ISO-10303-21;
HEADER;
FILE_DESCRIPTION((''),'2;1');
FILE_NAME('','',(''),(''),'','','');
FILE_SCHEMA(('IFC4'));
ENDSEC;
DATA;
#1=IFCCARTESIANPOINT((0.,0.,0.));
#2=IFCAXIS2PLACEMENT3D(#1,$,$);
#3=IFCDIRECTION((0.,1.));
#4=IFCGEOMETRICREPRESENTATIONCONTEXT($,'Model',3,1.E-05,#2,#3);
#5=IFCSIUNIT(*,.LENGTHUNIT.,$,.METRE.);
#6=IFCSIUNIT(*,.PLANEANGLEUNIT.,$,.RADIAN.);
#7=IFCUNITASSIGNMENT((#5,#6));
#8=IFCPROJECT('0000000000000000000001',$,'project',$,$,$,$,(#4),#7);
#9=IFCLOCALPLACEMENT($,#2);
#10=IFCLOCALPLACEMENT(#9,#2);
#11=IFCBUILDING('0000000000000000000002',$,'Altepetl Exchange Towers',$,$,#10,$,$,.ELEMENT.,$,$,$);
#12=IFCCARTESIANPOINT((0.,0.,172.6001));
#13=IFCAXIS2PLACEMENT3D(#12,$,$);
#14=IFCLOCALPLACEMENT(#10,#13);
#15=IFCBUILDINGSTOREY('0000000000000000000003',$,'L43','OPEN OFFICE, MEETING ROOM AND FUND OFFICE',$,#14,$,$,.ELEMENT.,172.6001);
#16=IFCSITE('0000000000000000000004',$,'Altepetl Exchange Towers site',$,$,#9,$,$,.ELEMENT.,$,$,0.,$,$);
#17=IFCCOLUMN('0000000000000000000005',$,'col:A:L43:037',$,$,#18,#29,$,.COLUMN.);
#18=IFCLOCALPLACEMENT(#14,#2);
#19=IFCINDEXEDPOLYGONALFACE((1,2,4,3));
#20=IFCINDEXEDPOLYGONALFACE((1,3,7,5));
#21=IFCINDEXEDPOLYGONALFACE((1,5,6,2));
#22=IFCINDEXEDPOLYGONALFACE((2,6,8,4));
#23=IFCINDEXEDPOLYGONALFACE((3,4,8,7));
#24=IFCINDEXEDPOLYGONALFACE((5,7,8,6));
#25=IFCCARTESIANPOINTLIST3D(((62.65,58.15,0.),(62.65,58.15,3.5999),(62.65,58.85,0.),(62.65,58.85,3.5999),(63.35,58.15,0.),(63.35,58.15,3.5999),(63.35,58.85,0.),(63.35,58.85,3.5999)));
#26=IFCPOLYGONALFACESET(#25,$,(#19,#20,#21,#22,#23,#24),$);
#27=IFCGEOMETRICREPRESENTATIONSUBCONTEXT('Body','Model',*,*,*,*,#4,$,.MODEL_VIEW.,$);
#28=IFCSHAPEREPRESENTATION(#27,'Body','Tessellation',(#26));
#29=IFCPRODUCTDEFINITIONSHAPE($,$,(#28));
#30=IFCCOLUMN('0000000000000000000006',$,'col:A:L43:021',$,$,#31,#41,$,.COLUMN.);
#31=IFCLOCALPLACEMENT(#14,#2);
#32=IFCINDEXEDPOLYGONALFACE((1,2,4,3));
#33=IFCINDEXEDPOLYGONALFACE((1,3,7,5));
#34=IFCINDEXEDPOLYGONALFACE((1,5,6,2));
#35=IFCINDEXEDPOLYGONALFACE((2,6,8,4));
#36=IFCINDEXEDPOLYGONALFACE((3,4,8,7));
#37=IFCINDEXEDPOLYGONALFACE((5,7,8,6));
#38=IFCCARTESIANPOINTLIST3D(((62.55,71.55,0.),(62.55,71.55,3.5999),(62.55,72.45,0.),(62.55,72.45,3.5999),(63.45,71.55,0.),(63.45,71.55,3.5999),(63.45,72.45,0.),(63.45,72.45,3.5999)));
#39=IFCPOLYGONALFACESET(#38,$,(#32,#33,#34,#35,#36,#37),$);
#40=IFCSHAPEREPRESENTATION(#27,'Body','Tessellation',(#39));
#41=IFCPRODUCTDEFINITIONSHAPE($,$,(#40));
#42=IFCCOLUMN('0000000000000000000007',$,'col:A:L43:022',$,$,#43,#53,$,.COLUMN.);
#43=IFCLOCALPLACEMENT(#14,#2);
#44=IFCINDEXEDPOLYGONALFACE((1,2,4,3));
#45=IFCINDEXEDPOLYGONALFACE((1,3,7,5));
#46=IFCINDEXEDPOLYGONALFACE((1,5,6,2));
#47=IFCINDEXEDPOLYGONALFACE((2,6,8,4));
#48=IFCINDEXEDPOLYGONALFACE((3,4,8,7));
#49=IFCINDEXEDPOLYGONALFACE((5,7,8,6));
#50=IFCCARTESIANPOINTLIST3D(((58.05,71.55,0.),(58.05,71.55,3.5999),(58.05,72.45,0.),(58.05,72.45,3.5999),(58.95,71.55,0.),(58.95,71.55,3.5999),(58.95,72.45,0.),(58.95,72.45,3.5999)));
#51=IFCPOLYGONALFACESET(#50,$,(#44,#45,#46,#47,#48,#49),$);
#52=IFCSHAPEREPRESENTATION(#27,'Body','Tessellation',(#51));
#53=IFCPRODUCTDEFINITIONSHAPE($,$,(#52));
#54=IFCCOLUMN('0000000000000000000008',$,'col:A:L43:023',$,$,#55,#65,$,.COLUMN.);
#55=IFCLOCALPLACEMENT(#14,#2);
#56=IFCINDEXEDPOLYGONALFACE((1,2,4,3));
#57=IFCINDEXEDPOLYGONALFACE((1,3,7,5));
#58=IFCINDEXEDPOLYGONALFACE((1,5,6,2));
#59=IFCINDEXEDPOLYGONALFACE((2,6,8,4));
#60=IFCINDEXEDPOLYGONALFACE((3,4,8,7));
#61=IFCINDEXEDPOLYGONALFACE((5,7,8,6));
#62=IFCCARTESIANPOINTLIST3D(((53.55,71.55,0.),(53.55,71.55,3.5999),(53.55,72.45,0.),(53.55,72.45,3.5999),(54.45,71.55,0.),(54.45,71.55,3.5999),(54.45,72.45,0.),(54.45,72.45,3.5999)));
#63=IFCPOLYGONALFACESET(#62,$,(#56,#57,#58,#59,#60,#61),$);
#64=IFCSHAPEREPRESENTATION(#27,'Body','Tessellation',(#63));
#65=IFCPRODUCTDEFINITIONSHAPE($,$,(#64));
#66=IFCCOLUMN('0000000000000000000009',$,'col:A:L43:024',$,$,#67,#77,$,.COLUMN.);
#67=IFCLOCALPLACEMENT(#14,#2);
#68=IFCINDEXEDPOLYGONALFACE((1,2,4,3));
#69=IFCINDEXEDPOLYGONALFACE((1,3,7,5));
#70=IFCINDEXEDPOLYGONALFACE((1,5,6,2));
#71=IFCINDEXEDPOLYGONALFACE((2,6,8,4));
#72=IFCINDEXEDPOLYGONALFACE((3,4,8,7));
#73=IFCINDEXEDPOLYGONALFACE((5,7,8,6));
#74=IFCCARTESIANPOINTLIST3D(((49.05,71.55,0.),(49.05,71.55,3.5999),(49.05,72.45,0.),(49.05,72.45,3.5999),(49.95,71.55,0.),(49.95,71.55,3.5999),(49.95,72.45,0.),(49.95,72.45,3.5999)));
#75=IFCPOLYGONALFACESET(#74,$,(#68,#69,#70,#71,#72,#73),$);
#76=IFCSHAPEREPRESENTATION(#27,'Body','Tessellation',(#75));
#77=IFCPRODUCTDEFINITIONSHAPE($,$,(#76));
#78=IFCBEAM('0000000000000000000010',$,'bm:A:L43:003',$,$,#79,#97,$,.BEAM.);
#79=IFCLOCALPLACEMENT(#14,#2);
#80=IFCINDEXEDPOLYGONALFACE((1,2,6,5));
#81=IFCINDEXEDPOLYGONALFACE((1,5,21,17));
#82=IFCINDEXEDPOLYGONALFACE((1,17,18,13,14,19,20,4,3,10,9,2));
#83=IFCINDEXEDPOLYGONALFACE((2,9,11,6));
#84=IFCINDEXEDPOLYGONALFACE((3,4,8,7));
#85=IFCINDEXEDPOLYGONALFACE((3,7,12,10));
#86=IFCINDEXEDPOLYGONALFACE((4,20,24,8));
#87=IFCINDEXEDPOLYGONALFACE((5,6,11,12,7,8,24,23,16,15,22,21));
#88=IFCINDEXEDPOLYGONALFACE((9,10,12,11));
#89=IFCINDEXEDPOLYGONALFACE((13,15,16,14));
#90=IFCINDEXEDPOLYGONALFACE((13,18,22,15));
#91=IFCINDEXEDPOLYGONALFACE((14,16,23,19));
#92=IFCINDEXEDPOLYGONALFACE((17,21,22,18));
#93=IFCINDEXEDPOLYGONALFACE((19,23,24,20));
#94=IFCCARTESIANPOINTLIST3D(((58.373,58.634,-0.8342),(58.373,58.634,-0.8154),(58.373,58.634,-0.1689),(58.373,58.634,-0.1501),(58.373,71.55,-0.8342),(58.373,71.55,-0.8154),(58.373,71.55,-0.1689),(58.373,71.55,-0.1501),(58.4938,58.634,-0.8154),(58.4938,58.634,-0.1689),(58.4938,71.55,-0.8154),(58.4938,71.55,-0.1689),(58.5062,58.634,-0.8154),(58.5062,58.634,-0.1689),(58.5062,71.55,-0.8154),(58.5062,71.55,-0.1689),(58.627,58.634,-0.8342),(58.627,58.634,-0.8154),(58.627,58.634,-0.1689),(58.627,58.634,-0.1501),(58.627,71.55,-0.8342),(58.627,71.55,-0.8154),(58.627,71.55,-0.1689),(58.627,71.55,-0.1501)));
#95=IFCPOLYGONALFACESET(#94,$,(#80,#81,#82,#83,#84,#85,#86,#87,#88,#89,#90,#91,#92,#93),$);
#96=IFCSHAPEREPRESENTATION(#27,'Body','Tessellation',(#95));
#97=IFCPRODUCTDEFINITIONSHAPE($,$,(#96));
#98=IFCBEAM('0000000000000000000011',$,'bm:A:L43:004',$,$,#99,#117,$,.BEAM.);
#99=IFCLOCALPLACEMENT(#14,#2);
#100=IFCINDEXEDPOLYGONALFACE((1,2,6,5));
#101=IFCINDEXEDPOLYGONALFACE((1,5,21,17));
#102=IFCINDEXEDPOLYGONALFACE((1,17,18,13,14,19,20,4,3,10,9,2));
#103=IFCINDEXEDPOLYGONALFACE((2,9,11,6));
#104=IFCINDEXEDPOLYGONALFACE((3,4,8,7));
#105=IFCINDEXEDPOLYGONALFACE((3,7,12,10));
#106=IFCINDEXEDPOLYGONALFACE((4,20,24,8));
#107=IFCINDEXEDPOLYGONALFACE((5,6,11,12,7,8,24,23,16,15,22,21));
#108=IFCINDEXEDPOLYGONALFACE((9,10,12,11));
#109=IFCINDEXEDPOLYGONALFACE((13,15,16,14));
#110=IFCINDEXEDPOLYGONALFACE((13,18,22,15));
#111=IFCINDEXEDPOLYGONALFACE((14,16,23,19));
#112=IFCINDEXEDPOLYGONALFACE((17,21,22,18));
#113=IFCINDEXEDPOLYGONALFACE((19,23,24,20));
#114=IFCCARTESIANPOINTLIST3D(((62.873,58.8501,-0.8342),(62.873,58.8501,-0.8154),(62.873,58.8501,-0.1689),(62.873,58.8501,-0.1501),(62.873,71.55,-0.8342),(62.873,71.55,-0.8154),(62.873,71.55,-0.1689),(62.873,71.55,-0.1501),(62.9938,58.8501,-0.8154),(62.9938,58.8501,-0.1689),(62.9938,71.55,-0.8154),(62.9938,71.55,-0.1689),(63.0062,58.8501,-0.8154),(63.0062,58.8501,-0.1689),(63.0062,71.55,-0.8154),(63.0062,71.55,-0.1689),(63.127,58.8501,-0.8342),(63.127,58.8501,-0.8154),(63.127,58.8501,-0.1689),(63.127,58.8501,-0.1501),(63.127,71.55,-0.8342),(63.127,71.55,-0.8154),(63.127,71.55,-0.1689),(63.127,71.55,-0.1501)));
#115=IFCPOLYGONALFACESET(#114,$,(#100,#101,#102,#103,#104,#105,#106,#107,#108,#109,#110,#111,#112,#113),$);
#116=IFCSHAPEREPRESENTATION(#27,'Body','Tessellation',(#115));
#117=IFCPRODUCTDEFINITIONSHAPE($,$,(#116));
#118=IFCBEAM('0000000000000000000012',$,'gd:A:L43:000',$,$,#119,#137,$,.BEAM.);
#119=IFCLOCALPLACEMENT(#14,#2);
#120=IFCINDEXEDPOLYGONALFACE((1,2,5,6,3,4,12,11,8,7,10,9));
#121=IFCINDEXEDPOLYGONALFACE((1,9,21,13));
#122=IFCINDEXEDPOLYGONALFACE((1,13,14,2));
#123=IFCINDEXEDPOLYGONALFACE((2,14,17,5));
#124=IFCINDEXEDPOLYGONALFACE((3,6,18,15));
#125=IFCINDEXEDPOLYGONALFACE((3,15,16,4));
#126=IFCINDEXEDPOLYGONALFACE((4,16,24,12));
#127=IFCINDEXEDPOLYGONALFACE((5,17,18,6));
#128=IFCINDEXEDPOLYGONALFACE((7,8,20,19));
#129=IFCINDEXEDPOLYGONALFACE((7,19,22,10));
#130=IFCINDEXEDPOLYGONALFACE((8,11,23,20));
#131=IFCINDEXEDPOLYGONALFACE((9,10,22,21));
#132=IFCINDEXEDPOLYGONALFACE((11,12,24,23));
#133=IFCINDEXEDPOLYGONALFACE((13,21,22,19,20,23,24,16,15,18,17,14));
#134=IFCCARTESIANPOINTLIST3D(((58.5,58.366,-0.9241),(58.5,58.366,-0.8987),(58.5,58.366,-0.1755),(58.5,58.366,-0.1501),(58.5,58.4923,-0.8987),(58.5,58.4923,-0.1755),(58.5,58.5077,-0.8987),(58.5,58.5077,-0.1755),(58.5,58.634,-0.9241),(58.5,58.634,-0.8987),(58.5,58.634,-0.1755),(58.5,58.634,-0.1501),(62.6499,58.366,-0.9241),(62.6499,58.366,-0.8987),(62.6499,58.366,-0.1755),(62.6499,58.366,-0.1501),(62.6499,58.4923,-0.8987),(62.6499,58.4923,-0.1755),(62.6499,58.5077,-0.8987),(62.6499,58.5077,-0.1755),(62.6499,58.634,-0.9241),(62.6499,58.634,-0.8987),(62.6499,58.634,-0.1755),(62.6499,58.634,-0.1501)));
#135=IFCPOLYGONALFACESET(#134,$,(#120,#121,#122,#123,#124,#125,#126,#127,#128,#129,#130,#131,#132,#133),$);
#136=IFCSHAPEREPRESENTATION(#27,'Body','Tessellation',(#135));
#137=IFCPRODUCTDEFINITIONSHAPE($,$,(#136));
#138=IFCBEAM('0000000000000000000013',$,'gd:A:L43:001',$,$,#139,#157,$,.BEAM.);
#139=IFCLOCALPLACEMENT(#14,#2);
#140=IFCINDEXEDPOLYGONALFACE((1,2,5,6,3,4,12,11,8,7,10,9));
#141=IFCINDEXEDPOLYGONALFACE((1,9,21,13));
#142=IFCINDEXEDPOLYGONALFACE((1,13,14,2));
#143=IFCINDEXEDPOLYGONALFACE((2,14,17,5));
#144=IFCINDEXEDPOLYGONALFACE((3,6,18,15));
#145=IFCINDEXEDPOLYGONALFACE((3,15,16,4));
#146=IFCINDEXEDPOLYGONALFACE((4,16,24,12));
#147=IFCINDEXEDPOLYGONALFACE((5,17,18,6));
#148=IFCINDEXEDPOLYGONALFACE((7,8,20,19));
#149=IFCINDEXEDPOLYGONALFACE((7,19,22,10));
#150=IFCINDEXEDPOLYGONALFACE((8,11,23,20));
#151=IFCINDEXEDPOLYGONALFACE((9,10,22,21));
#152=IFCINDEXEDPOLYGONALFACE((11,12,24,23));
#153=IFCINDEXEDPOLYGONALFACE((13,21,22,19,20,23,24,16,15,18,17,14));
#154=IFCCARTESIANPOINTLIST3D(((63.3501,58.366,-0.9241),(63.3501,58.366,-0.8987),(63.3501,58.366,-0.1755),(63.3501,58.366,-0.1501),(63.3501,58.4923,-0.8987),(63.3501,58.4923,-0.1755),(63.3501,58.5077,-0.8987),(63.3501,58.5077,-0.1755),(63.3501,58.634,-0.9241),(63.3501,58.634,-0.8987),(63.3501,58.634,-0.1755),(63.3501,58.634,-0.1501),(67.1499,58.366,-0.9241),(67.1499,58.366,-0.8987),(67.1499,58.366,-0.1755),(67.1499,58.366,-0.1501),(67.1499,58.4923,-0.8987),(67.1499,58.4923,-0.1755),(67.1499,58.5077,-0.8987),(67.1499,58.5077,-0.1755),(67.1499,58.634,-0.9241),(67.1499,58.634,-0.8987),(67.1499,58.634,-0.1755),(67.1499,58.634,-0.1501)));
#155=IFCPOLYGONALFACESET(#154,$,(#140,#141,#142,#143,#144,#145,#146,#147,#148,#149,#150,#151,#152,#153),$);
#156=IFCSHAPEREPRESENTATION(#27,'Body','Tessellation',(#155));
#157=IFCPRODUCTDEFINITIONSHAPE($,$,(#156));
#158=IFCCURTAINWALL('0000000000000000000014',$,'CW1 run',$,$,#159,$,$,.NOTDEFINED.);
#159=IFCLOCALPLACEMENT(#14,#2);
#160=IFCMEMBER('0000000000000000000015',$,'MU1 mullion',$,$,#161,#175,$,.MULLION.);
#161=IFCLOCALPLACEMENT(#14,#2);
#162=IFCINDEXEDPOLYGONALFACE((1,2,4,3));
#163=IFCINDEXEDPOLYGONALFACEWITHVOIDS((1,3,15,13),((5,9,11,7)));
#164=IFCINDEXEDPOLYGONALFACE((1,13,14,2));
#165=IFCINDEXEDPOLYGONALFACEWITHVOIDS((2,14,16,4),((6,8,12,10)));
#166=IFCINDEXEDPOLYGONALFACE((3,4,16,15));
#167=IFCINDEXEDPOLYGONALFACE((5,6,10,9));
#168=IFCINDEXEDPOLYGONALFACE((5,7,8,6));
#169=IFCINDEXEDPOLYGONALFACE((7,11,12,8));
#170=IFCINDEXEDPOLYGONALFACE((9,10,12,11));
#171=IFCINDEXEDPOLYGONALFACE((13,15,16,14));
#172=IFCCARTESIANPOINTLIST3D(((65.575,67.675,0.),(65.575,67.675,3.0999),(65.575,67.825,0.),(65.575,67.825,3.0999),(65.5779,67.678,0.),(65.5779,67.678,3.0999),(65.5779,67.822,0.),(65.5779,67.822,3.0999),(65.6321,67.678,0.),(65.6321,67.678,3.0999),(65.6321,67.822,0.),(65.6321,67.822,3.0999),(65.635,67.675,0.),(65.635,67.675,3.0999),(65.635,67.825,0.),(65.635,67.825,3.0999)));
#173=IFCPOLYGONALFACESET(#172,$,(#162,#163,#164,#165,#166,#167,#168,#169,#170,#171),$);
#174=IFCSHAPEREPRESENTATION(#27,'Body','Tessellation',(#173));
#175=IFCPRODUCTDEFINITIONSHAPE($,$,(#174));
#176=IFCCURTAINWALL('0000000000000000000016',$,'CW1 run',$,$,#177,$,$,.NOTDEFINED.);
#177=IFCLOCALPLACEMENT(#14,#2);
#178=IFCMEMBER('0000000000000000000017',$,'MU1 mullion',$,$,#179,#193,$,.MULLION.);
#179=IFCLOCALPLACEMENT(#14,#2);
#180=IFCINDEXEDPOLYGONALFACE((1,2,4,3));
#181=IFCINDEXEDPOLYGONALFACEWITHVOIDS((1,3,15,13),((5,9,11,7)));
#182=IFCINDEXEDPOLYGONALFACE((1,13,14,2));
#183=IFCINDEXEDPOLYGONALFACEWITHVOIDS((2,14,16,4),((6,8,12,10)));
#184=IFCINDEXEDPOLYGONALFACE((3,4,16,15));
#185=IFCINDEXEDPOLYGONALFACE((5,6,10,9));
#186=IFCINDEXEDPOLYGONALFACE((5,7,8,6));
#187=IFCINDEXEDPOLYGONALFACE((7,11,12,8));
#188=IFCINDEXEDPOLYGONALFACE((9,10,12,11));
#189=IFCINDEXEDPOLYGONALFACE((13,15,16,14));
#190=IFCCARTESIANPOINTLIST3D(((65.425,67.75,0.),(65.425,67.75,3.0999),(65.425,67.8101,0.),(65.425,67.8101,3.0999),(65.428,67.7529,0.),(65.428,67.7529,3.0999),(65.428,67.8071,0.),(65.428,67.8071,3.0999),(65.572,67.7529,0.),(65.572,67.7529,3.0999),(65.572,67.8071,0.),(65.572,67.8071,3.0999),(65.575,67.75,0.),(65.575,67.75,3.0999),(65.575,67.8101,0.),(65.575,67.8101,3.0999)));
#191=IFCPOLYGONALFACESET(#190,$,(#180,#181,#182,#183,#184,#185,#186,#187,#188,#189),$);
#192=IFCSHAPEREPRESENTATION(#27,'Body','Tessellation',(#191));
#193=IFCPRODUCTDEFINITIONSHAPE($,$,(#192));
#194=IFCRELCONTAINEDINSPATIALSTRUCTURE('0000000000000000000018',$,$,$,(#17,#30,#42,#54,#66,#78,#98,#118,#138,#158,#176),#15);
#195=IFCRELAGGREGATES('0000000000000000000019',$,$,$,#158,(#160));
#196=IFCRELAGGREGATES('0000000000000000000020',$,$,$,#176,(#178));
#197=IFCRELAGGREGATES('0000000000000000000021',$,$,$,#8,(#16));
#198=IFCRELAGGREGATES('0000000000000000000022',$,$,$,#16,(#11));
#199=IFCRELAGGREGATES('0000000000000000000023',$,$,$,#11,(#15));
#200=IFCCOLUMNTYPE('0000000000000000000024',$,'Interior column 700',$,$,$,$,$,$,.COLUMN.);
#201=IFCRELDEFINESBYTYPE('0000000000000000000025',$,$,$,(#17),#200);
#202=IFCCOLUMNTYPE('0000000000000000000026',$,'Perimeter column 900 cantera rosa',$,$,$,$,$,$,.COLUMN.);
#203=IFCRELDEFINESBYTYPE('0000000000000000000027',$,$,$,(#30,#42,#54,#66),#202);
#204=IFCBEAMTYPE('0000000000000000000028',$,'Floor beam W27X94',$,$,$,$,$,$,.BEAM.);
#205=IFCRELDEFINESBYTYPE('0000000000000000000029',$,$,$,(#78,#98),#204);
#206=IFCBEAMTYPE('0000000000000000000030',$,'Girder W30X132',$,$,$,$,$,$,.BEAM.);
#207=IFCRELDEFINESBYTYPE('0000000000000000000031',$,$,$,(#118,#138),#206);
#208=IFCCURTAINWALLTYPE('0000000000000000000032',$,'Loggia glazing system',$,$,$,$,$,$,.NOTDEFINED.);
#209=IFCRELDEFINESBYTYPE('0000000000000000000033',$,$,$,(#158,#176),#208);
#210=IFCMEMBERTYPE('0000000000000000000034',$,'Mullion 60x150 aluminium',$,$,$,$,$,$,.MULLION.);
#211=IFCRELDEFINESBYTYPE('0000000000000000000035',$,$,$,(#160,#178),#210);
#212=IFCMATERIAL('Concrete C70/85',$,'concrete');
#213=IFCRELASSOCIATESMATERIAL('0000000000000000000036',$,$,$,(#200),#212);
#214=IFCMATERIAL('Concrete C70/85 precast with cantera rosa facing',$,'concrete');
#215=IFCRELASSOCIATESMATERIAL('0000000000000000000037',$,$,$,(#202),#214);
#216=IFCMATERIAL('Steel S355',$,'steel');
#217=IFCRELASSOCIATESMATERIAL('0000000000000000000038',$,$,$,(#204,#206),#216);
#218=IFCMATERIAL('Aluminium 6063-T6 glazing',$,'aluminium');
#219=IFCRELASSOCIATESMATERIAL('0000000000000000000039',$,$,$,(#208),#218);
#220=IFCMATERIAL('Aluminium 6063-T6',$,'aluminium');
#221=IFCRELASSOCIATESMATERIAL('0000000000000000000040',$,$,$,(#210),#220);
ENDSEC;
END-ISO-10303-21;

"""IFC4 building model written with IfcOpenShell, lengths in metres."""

from ifc_helpers import new_model, si_unit, direction, frame, origin, origin_2d, place, context, subcontext, project, spatial, rectangle, hollow_rectangle, i_section, extrude, material, material_profile, profile_set, type_object, element, aggregate, save


model = new_model("IFC4")

# Units and contexts
model_context = context("Model", 3, precision=1e-05, world=origin(), true_north=direction((0.0, 1.0)))
body_context = subcontext(model_context, "Body", "Model", "MODEL_VIEW")
ifc_project = project(units=[si_unit("LENGTHUNIT", "METRE"), si_unit("PLANEANGLEUNIT", "RADIAN")], contexts=[model_context])

# Site, building, storey
site_placement = place(None, origin())
site = spatial("IfcSite", under=ifc_project, at=site_placement, Name="Altepetl Exchange Towers site", CompositionType="ELEMENT", RefElevation=0.0)
building_placement = place(site_placement, origin())
building = spatial("IfcBuilding", under=site, at=building_placement, Name="Altepetl Exchange Towers", CompositionType="ELEMENT")
storey_placement = place(building_placement, frame((0.0, 0.0, 172.6001)))
storey = spatial("IfcBuildingStorey", under=building, at=storey_placement, Name="L43", Description="OPEN OFFICE, MEETING ROOM AND FUND OFFICE", CompositionType="ELEMENT", Elevation=172.6001)

# Columns
ifc_material_1 = material(Name="Concrete C70/85", Category="concrete")
ifc_material_profile_1 = material_profile(ifc_material_1, rectangle(XDim=0.7, YDim=0.7, at=origin_2d()), Name="700 x 700")
ifc_profile_set_1 = profile_set([ifc_material_profile_1], Name="Concrete C70/85")
column_type_1 = type_object("IfcColumnType", Name="Interior column 700", PredefinedType="COLUMN", material=ifc_profile_set_1)
column_placement = place(storey_placement, frame((63.0, 58.5, 0.0)))
element("IfcColumn", 1, at=column_placement, inside=storey, type_object=column_type_1, Name="col:A:L43:037", PredefinedType="COLUMN", context=body_context, shape_type="SweptSolid", body=[
    extrude(rectangle(XDim=0.7, YDim=0.7, at=origin_2d()), origin(), (0.0, 0.0, 1.0), 3.5999),
])
ifc_material_2 = material(Name="Concrete C70/85 precast with cantera rosa facing", Category="concrete")
ifc_material_profile_2 = material_profile(ifc_material_2, rectangle(XDim=0.8999, YDim=0.8999, at=origin_2d()), Name="900 x 900")
ifc_profile_set_2 = profile_set([ifc_material_profile_2], Name="Concrete C70/85 precast with cantera rosa facing")
column_type_2 = type_object("IfcColumnType", Name="Perimeter column 900 cantera rosa", PredefinedType="COLUMN", material=ifc_profile_set_2)
for number, where, name in (
    (2, (63.0, 72.0, 0.0), "col:A:L43:021"),
    (3, (58.5, 72.0, 0.0), "col:A:L43:022"),
    (4, (54.0, 72.0, 0.0), "col:A:L43:023"),
    (5, (49.5, 72.0, 0.0), "col:A:L43:024"),
):
    element("IfcColumn", number, at=place(storey_placement, frame(where)), inside=storey, type_object=column_type_2, Name=name, PredefinedType="COLUMN", context=body_context, shape_type="SweptSolid", body=[
        extrude(rectangle(XDim=0.8999, YDim=0.8999, at=origin_2d()), origin(), (0.0, 0.0, 1.0), 3.5999),
    ])

# Beams
ifc_material_3 = material(Name="Steel S355", Category="steel")
ifc_material_profile_3 = material_profile(ifc_material_3, i_section(OverallWidth=0.2539, OverallDepth=0.6841, WebThickness=0.0125, FlangeThickness=0.0188, at=origin_2d()), Name="W27X94")
ifc_profile_set_3 = profile_set([ifc_material_profile_3], Name="Steel S355")
beam_type_1 = type_object("IfcBeamType", Name="Floor beam W27X94", PredefinedType="BEAM", material=ifc_profile_set_3)
beam_1_placement = place(storey_placement, frame((58.5, 58.634, -0.4922), z_axis=(0.0, 1.0, 0.0), x_axis=(-1.0, 0.0, 0.0)))
element("IfcBeam", 6, at=beam_1_placement, inside=storey, type_object=beam_type_1, Name="bm:A:L43:003", PredefinedType="BEAM", context=body_context, shape_type="SweptSolid", body=[
    extrude(i_section(OverallWidth=0.2539, OverallDepth=0.6841, WebThickness=0.0125, FlangeThickness=0.0188, at=origin_2d()), origin(), (0.0, 0.0, 1.0), 12.916),
])
beam_2_placement = place(storey_placement, frame((63.0, 58.8501, -0.4922), z_axis=(0.0, 1.0, 0.0), x_axis=(-1.0, 0.0, 0.0)))
element("IfcBeam", 7, at=beam_2_placement, inside=storey, type_object=beam_type_1, Name="bm:A:L43:004", PredefinedType="BEAM", context=body_context, shape_type="SweptSolid", body=[
    extrude(i_section(OverallWidth=0.2539, OverallDepth=0.6841, WebThickness=0.0125, FlangeThickness=0.0188, at=origin_2d()), origin(), (0.0, 0.0, 1.0), 12.7),
])
ifc_material_profile_4 = material_profile(ifc_material_3, i_section(OverallWidth=0.2681, OverallDepth=0.7739, WebThickness=0.0154, FlangeThickness=0.0254, at=origin_2d()), Name="W30X132")
ifc_profile_set_4 = profile_set([ifc_material_profile_4], Name="Steel S355")
beam_type_2 = type_object("IfcBeamType", Name="Girder W30X132", PredefinedType="BEAM", material=ifc_profile_set_4)
beam_3_placement = place(storey_placement, frame((58.5, 58.5, -0.5371), z_axis=(1.0, 0.0, 0.0), x_axis=(0.0, 1.0, 0.0)))
element("IfcBeam", 8, at=beam_3_placement, inside=storey, type_object=beam_type_2, Name="gd:A:L43:000", PredefinedType="BEAM", context=body_context, shape_type="SweptSolid", body=[
    extrude(i_section(OverallWidth=0.2681, OverallDepth=0.7739, WebThickness=0.0154, FlangeThickness=0.0254, at=origin_2d()), origin(), (0.0, 0.0, 1.0), 4.1499),
])
beam_4_placement = place(storey_placement, frame((63.3501, 58.5, -0.5371), z_axis=(1.0, 0.0, 0.0), x_axis=(0.0, 1.0, 0.0)))
element("IfcBeam", 9, at=beam_4_placement, inside=storey, type_object=beam_type_2, Name="gd:A:L43:001", PredefinedType="BEAM", context=body_context, shape_type="SweptSolid", body=[
    extrude(i_section(OverallWidth=0.2681, OverallDepth=0.7739, WebThickness=0.0154, FlangeThickness=0.0254, at=origin_2d()), origin(), (0.0, 0.0, 1.0), 3.7998),
])

# Curtain wall, member
ifc_material_4 = material(Name="Aluminium 6063-T6 glazing", Category="aluminium")
curtain_wall_type = type_object("IfcCurtainWallType", Name="Loggia glazing system", PredefinedType="NOTDEFINED", material=ifc_material_4)
curtain_wall_1_placement = place(storey_placement, origin())
curtain_wall_1 = element("IfcCurtainWall", 10, at=curtain_wall_1_placement, inside=storey, type_object=curtain_wall_type, Name="CW1 run", PredefinedType="NOTDEFINED")
ifc_material_5 = material(Name="Aluminium 6063-T6", Category="aluminium")
ifc_material_profile_5 = material_profile(ifc_material_5, hollow_rectangle(XDim=0.0601, YDim=0.1499, WallThickness=0.0029, at=origin_2d()), Name="Mullion 60x150 aluminium")
ifc_profile_set_5 = profile_set([ifc_material_profile_5], Name="Aluminium 6063-T6")
member_type = type_object("IfcMemberType", Name="Mullion 60x150 aluminium", PredefinedType="MULLION", material=ifc_profile_set_5)
member_1_placement = place(storey_placement, frame((65.605, 67.75, 0.0), z_axis=(0.0, 0.0, 1.0), x_axis=(-1.0, 0.0, 0.0)))
member_1 = element("IfcMember", 11, at=member_1_placement, type_object=member_type, Name="MU1 mullion", PredefinedType="MULLION", context=body_context, shape_type="SweptSolid", body=[
    extrude(hollow_rectangle(XDim=0.0601, YDim=0.1499, WallThickness=0.0029, at=origin_2d()), origin(), (0.0, 0.0, 1.0), 3.0999),
])
aggregate(curtain_wall_1, [member_1])

# Curtain wall, member
curtain_wall_2_placement = place(storey_placement, origin())
curtain_wall_2 = element("IfcCurtainWall", 12, at=curtain_wall_2_placement, inside=storey, type_object=curtain_wall_type, Name="CW1 run", PredefinedType="NOTDEFINED")
member_2_placement = place(storey_placement, frame((65.5, 67.78, 0.0), z_axis=(0.0, 0.0, 1.0), x_axis=(0.0, 1.0, 0.0)))
member_2 = element("IfcMember", 13, at=member_2_placement, type_object=member_type, Name="MU1 mullion", PredefinedType="MULLION", context=body_context, shape_type="SweptSolid", body=[
    extrude(hollow_rectangle(XDim=0.0601, YDim=0.1499, WallThickness=0.0029, at=origin_2d()), origin(), (0.0, 0.0, 1.0), 3.0999),
])

aggregate(curtain_wall_2, [member_2])

save(model, "model.ifc")
